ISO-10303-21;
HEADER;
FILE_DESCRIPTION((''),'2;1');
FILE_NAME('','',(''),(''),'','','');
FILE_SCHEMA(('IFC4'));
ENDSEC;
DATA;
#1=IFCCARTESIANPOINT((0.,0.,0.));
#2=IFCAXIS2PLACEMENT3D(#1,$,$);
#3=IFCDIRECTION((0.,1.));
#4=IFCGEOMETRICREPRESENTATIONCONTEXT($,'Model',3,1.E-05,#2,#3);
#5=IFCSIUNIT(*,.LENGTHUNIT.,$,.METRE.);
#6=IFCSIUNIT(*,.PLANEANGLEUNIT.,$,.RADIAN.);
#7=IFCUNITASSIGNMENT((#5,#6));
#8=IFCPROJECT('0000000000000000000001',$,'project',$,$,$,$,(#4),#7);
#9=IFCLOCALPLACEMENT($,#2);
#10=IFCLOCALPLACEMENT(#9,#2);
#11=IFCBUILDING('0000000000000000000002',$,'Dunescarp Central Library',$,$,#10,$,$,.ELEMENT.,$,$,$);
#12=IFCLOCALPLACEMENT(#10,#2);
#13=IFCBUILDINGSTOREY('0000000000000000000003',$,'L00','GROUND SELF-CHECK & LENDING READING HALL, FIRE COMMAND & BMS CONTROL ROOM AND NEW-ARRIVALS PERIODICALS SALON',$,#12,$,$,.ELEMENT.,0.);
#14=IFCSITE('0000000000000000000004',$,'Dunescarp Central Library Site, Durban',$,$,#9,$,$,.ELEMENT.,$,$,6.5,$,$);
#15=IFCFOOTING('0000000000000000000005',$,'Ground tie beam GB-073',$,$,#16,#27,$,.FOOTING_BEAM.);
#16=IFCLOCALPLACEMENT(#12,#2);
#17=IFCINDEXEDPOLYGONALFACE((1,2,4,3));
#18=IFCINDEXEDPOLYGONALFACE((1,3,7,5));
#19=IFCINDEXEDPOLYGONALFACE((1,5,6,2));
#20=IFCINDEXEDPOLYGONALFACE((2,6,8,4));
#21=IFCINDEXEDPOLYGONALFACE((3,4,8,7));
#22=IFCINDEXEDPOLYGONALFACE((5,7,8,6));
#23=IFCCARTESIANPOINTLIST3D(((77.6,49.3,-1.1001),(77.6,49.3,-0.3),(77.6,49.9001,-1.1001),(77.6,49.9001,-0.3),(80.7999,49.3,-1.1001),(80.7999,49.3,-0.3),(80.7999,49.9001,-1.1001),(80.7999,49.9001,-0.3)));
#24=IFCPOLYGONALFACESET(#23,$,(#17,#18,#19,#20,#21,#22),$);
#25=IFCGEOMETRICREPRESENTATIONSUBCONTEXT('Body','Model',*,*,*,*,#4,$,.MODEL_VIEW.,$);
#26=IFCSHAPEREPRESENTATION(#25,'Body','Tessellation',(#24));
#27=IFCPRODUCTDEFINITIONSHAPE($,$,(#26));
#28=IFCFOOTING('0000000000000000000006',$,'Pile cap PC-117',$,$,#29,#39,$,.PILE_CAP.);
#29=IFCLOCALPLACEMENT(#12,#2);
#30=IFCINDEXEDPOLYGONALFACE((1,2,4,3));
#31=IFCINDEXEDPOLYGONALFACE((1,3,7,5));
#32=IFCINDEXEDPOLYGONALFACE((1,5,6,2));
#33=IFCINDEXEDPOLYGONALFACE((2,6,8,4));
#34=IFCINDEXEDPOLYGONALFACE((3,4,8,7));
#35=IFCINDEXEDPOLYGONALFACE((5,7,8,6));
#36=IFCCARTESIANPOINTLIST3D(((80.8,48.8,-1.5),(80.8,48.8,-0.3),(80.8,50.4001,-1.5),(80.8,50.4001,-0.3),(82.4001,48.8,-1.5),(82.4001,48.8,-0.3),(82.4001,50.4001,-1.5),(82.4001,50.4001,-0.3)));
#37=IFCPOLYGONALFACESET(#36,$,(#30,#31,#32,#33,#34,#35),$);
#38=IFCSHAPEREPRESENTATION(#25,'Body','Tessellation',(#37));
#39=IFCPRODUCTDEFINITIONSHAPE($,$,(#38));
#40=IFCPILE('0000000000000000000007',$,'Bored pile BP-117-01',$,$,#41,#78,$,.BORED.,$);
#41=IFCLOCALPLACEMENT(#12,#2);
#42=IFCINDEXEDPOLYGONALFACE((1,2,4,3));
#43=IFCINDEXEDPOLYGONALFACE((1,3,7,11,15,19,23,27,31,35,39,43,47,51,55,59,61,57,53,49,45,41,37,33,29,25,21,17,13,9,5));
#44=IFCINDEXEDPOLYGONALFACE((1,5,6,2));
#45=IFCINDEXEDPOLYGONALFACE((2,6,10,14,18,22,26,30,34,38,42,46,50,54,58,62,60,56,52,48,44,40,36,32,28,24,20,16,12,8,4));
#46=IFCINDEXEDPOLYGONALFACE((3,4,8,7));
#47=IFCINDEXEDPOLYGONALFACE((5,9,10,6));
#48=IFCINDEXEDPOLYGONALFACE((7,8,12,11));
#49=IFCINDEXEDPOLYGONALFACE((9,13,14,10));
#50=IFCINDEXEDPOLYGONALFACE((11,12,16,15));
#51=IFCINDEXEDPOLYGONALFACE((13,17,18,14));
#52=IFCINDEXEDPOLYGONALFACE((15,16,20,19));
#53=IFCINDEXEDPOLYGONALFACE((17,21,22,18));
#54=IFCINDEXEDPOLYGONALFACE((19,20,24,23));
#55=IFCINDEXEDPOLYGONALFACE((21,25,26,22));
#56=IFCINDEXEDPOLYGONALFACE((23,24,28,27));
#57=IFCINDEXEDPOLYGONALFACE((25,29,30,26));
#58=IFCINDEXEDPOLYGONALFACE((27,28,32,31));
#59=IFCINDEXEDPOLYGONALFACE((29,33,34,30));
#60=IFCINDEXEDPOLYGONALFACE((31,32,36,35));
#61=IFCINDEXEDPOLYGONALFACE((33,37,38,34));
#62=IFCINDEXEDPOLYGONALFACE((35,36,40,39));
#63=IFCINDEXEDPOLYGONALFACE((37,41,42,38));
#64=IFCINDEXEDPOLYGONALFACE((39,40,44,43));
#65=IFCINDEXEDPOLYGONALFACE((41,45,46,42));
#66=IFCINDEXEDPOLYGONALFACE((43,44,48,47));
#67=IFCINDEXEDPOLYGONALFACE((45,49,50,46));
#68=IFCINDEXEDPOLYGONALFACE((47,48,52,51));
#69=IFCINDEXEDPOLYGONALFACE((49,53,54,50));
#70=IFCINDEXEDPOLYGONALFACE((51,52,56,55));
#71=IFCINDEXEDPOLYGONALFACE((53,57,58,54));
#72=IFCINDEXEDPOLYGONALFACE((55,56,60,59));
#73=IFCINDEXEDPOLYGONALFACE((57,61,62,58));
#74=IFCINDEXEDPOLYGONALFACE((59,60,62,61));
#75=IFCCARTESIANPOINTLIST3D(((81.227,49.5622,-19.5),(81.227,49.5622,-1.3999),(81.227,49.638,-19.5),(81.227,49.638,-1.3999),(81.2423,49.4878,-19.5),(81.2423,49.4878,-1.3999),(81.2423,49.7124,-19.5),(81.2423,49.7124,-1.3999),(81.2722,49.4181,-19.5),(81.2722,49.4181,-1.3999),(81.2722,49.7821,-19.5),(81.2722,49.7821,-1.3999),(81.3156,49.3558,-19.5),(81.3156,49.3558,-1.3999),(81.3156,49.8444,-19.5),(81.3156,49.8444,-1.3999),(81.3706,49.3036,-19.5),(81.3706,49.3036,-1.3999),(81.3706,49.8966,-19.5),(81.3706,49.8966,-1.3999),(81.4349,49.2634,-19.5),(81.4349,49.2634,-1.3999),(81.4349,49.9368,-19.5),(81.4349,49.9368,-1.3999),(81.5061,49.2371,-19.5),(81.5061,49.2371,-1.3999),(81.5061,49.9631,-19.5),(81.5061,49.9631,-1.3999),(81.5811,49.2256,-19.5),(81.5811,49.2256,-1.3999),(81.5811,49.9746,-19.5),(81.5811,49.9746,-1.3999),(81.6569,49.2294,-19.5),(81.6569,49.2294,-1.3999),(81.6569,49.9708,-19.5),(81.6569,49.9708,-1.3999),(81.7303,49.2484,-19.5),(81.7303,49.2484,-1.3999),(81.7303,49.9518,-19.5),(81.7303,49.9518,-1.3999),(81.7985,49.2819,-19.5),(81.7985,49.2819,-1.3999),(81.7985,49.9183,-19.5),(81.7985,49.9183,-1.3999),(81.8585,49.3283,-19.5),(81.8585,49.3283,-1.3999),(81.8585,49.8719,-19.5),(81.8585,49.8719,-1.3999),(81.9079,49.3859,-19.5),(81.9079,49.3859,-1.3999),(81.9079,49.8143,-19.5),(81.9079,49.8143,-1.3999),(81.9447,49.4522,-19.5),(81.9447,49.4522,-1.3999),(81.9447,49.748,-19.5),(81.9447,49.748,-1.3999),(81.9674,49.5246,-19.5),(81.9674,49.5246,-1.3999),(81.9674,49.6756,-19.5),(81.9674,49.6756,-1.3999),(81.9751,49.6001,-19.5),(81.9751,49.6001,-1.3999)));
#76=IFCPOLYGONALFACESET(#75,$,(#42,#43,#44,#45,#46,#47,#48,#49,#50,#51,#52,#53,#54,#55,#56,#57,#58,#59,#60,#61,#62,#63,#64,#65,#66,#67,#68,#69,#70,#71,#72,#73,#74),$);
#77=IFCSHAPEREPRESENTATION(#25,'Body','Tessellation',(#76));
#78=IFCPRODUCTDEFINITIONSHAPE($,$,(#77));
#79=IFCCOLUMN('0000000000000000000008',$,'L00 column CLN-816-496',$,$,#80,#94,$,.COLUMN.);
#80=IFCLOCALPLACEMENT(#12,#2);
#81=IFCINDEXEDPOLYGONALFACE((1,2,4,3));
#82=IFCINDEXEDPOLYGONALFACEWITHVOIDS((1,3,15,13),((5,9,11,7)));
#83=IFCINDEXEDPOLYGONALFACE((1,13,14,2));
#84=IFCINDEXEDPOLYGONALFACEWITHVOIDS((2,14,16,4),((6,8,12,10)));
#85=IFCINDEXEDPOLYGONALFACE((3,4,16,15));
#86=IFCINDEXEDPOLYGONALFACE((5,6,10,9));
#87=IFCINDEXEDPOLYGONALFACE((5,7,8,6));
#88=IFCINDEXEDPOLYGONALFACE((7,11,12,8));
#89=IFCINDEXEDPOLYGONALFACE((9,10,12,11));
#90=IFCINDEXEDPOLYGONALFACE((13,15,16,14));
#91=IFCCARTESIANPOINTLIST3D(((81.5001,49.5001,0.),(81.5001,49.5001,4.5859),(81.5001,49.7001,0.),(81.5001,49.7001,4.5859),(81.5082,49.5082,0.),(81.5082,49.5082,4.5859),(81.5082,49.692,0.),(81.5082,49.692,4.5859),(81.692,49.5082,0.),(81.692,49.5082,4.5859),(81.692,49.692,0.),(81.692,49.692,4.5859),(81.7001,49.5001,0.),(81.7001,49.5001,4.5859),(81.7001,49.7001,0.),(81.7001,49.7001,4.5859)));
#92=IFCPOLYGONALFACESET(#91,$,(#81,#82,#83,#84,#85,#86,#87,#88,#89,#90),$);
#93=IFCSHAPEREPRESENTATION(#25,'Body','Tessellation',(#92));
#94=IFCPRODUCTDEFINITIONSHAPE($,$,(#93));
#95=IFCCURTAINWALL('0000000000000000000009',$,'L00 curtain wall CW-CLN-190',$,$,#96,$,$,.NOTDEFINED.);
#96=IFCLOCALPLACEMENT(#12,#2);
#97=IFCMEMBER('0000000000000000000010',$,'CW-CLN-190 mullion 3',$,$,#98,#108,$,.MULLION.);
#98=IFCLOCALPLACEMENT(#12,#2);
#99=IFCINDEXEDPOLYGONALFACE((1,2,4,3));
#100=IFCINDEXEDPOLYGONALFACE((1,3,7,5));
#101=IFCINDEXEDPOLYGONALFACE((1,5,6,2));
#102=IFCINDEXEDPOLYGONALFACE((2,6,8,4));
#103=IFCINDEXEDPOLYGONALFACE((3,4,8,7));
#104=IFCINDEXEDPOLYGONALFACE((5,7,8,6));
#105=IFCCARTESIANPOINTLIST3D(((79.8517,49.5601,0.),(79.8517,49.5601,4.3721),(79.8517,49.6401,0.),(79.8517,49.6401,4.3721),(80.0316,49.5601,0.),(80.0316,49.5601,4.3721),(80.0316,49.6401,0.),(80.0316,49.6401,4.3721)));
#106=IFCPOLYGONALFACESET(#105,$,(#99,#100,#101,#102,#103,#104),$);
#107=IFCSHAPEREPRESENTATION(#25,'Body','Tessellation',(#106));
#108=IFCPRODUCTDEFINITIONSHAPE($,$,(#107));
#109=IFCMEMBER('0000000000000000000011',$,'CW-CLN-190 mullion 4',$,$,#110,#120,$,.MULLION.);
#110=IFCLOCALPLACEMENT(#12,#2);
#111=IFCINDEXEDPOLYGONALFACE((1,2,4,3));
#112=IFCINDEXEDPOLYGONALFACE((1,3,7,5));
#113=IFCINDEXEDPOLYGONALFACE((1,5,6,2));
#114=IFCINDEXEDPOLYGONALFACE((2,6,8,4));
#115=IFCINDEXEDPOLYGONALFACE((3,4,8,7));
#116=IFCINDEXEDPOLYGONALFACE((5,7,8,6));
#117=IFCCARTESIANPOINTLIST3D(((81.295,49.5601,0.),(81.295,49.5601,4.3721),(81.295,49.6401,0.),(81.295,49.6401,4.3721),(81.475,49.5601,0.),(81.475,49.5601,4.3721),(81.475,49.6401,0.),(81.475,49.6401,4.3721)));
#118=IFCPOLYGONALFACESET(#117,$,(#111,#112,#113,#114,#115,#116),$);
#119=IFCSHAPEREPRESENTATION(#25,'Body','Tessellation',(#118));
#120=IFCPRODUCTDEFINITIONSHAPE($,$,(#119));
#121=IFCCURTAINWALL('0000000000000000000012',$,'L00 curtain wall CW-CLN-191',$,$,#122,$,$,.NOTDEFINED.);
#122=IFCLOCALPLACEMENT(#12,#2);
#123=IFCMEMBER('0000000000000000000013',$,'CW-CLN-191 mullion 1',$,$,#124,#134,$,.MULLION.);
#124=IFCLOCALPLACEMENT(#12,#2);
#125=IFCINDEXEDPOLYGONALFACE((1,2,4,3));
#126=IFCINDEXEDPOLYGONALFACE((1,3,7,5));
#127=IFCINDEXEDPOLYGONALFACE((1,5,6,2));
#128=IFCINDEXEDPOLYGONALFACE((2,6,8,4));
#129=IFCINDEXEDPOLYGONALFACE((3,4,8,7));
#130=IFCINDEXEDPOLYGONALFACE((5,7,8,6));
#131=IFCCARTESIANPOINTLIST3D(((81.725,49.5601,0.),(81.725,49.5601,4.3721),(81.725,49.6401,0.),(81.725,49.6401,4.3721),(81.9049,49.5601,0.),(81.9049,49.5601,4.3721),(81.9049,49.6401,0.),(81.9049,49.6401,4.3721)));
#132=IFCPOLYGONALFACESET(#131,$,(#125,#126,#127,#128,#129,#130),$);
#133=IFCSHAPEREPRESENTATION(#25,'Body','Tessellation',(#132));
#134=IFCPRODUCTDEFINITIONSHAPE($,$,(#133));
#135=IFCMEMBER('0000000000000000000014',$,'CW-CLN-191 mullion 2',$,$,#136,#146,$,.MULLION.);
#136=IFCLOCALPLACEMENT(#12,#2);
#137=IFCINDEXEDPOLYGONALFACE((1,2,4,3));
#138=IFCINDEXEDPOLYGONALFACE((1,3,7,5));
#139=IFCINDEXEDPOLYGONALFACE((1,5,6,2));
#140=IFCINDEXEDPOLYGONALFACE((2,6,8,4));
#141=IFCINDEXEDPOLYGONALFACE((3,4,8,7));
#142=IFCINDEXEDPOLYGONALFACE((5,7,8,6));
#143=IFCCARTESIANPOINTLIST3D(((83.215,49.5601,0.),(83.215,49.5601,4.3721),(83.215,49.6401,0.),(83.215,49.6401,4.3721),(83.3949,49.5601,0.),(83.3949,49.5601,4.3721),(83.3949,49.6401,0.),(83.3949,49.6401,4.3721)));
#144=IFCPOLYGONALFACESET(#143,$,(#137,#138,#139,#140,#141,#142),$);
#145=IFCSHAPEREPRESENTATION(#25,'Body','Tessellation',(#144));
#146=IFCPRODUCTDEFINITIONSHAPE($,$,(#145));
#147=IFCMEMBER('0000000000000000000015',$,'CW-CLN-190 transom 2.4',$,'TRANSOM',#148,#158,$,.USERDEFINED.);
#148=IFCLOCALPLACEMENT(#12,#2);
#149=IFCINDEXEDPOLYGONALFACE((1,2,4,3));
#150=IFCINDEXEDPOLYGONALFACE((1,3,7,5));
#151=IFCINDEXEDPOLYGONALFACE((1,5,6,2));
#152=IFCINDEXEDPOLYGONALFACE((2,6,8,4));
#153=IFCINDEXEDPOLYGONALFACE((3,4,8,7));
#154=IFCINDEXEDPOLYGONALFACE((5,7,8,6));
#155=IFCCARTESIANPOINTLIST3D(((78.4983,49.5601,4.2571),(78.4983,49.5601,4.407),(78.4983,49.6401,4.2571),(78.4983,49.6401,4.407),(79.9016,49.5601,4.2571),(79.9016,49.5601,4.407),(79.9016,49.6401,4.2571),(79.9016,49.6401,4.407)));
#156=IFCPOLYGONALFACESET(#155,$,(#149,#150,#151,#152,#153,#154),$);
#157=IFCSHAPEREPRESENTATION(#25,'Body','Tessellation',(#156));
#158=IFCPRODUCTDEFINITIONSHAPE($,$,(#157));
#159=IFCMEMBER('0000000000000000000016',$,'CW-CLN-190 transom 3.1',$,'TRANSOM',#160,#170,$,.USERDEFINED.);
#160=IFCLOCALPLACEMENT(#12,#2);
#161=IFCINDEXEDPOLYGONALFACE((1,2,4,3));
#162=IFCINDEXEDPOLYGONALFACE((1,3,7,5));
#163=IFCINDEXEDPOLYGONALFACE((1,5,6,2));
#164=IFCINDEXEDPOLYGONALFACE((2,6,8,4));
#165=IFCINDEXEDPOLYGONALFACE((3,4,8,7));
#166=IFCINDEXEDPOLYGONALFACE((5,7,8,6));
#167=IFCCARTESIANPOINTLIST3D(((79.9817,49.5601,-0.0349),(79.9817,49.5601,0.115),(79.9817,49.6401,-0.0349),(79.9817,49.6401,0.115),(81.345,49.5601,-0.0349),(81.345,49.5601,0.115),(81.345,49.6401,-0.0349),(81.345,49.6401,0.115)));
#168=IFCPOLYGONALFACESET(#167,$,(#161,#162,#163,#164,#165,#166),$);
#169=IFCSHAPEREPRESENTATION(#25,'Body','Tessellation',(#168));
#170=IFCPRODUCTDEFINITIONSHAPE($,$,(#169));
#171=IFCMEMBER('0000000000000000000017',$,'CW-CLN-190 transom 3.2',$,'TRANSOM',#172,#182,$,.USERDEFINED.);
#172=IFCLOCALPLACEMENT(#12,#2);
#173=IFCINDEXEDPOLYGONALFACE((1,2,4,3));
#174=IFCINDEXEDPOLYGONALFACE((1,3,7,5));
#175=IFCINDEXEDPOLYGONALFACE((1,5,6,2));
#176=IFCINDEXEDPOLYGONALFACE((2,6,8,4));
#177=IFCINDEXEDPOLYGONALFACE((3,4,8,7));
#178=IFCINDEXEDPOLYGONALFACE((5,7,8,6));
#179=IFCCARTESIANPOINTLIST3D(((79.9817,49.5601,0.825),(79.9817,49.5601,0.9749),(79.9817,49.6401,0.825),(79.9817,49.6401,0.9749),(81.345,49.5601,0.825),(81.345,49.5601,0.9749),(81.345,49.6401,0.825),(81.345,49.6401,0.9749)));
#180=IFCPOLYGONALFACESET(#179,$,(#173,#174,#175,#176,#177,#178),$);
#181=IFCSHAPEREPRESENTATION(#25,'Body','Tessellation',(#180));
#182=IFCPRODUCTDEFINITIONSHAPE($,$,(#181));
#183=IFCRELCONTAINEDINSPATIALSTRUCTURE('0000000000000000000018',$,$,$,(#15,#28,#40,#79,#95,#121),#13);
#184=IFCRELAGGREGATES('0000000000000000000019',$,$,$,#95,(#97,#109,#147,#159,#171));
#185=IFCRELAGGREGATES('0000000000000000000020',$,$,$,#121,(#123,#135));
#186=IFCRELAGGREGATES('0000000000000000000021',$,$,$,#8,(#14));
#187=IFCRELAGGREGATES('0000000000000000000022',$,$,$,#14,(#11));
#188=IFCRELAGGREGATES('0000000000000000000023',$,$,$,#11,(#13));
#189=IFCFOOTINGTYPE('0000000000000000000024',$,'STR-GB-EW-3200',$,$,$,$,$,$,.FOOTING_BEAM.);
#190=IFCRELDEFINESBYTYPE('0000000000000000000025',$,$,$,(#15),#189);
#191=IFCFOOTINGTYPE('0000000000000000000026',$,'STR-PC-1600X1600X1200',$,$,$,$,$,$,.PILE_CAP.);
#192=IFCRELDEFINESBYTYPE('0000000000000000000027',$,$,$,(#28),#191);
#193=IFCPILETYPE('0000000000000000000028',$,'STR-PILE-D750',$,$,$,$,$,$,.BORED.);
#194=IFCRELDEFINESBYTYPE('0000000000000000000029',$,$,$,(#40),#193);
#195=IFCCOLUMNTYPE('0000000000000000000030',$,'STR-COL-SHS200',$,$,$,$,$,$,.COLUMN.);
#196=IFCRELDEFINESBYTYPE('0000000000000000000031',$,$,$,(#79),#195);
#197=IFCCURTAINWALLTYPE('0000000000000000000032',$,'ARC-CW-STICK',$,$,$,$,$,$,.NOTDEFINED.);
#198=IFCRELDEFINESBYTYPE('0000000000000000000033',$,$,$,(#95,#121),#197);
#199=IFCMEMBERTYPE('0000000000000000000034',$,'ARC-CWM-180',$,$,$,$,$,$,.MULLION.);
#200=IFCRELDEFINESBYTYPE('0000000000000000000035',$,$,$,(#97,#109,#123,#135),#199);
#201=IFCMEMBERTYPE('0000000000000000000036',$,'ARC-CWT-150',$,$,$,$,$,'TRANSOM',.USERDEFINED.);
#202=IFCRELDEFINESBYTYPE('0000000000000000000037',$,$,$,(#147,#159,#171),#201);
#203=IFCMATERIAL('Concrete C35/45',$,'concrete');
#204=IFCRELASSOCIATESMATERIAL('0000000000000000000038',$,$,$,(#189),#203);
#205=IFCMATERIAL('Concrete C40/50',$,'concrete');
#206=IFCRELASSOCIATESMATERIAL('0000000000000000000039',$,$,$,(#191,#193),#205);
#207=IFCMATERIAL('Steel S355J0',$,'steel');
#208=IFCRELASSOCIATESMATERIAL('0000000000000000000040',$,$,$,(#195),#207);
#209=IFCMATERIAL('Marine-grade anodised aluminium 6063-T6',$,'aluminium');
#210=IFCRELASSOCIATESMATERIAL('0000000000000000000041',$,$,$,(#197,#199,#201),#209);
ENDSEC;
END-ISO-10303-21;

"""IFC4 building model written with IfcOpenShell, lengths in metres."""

from ifc_helpers import new_model, si_unit, direction, frame, origin, origin_2d, place, context, subcontext, project, spatial, rectangle, hollow_rectangle, circle, extrude, material, material_profile, profile_set, type_object, element, aggregate, save


model = new_model("IFC4")

# Units and contexts
model_context = context("Model", 3, precision=1e-05, world=origin(), true_north=direction((0.0, 1.0)))
body_context = subcontext(model_context, "Body", "Model", "MODEL_VIEW")
ifc_project = project(units=[si_unit("LENGTHUNIT", "METRE"), si_unit("PLANEANGLEUNIT", "RADIAN")], contexts=[model_context])

# Site, building, storey
site_placement = place(None, origin())
site = spatial("IfcSite", under=ifc_project, at=site_placement, Name="Dunescarp Central Library Site, Durban", CompositionType="ELEMENT", RefElevation=6.5)
building_placement = place(site_placement, origin())
building = spatial("IfcBuilding", under=site, at=building_placement, Name="Dunescarp Central Library", CompositionType="ELEMENT")
storey_placement = place(building_placement, origin())
storey = spatial("IfcBuildingStorey", under=building, at=storey_placement, Name="L00", Description="GROUND SELF-CHECK & LENDING READING HALL, FIRE COMMAND & BMS CONTROL ROOM AND NEW-ARRIVALS PERIODICALS SALON", CompositionType="ELEMENT", Elevation=0.0)

# Footings
ifc_material_1 = material(Name="Concrete C35/45", Category="concrete")
footing_type_1 = type_object("IfcFootingType", Name="STR-GB-EW-3200", PredefinedType="FOOTING_BEAM", material=ifc_material_1)
footing_1_placement = place(storey_placement, frame((79.2, 49.6001, -1.1001), z_axis=(0.0, 0.0, 1.0), x_axis=(1.0, 0.0, 0.0)))
element("IfcFooting", 1, at=footing_1_placement, inside=storey, type_object=footing_type_1, Name="Ground tie beam GB-073", PredefinedType="FOOTING_BEAM", context=body_context, shape_type="SweptSolid", body=[
    extrude(rectangle(XDim=3.2, YDim=0.6001, at=origin_2d()), origin(), (0.0, 0.0, 1.0), 0.8),
])
ifc_material_2 = material(Name="Concrete C40/50", Category="concrete")
footing_type_2 = type_object("IfcFootingType", Name="STR-PC-1600X1600X1200", PredefinedType="PILE_CAP", material=ifc_material_2)
footing_2_placement = place(storey_placement, frame((81.6001, 49.6001, -1.5), z_axis=(0.0, 0.0, 1.0), x_axis=(1.0, 0.0, 0.0)))
element("IfcFooting", 2, at=footing_2_placement, inside=storey, type_object=footing_type_2, Name="Pile cap PC-117", PredefinedType="PILE_CAP", context=body_context, shape_type="SweptSolid", body=[
    extrude(rectangle(XDim=1.6001, YDim=1.6001, at=origin_2d()), origin(), (0.0, 0.0, 1.0), 1.2),
])

# Pile
ifc_material_profile_1 = material_profile(ifc_material_2, circle(Radius=0.375, at=origin_2d()), Name="PILE D750")
ifc_profile_set_1 = profile_set([ifc_material_profile_1], Name="Concrete C40/50")
pile_type = type_object("IfcPileType", Name="STR-PILE-D750", PredefinedType="BORED", material=ifc_profile_set_1)
pile_placement = place(storey_placement, frame((81.6001, 49.6001, -1.3999), z_axis=(0.0, 0.0, -1.0), x_axis=(1.0, 0.0, 0.0)))
element("IfcPile", 3, at=pile_placement, inside=storey, type_object=pile_type, Name="Bored pile BP-117-01", PredefinedType="BORED", context=body_context, shape_type="SweptSolid", body=[
    extrude(circle(Radius=0.375, at=origin_2d()), origin(), (0.0, 0.0, 1.0), 18.1001),
])

# Column
ifc_material_3 = material(Name="Steel S355J0", Category="steel")
ifc_material_profile_2 = material_profile(ifc_material_3, hollow_rectangle(XDim=0.2, YDim=0.2, WallThickness=0.0081, at=origin_2d()), Name="SHS 200x200x8")
ifc_profile_set_2 = profile_set([ifc_material_profile_2], Name="Steel S355J0")
column_type = type_object("IfcColumnType", Name="STR-COL-SHS200", PredefinedType="COLUMN", material=ifc_profile_set_2)
column_placement = place(storey_placement, frame((81.6001, 49.6001, 0.0), z_axis=(0.0, 0.0, 1.0), x_axis=(1.0, 0.0, 0.0)))
element("IfcColumn", 4, at=column_placement, inside=storey, type_object=column_type, Name="L00 column CLN-816-496", PredefinedType="COLUMN", context=body_context, shape_type="SweptSolid", body=[
    extrude(hollow_rectangle(XDim=0.2, YDim=0.2, WallThickness=0.0081, at=origin_2d()), origin(), (0.0, 0.0, 1.0), 4.5859),
])

# Curtain walls, members
ifc_material_4 = material(Name="Marine-grade anodised aluminium 6063-T6", Category="aluminium")
curtain_wall_type = type_object("IfcCurtainWallType", Name="ARC-CW-STICK", PredefinedType="NOTDEFINED", material=ifc_material_4)
curtain_wall_1_placement = place(storey_placement, origin())
curtain_wall_1 = element("IfcCurtainWall", 5, at=curtain_wall_1_placement, inside=storey, type_object=curtain_wall_type, Name="L00 curtain wall CW-CLN-190", PredefinedType="NOTDEFINED")
ifc_material_profile_3 = material_profile(ifc_material_4, rectangle(XDim=0.0801, YDim=0.1799, at=origin_2d()), Name="AL 80x180")
ifc_profile_set_3 = profile_set([ifc_material_profile_3], Name="Marine-grade anodised aluminium 6063-T6")
member_type_1 = type_object("IfcMemberType", Name="ARC-CWM-180", PredefinedType="MULLION", material=ifc_profile_set_3)
member_1_placement = place(storey_placement, frame((79.9417, 49.6001, 0.0), z_axis=(0.0, 0.0, 1.0), x_axis=(0.0, 1.0, 0.0)))
member_1 = element("IfcMember", 6, at=member_1_placement, type_object=member_type_1, Name="CW-CLN-190 mullion 3", PredefinedType="MULLION", context=body_context, shape_type="SweptSolid", body=[
    extrude(rectangle(XDim=0.0801, YDim=0.1799, at=origin_2d()), origin(), (0.0, 0.0, 1.0), 4.3721),
])
member_2_placement = place(storey_placement, frame((81.385, 49.6001, 0.0), z_axis=(0.0, 0.0, 1.0), x_axis=(0.0, 1.0, 0.0)))
member_2 = element("IfcMember", 7, at=member_2_placement, type_object=member_type_1, Name="CW-CLN-190 mullion 4", PredefinedType="MULLION", context=body_context, shape_type="SweptSolid", body=[
    extrude(rectangle(XDim=0.0801, YDim=0.1799, at=origin_2d()), origin(), (0.0, 0.0, 1.0), 4.3721),
])
curtain_wall_2_placement = place(storey_placement, origin())
curtain_wall_2 = element("IfcCurtainWall", 8, at=curtain_wall_2_placement, inside=storey, type_object=curtain_wall_type, Name="L00 curtain wall CW-CLN-191", PredefinedType="NOTDEFINED")
member_3_placement = place(storey_placement, frame((81.8149, 49.6001, 0.0), z_axis=(0.0, 0.0, 1.0), x_axis=(0.0, 1.0, 0.0)))
member_3 = element("IfcMember", 9, at=member_3_placement, type_object=member_type_1, Name="CW-CLN-191 mullion 1", PredefinedType="MULLION", context=body_context, shape_type="SweptSolid", body=[
    extrude(rectangle(XDim=0.0801, YDim=0.1799, at=origin_2d()), origin(), (0.0, 0.0, 1.0), 4.3721),
])
member_4_placement = place(storey_placement, frame((83.3049, 49.6001, 0.0), z_axis=(0.0, 0.0, 1.0), x_axis=(0.0, 1.0, 0.0)))
member_4 = element("IfcMember", 10, at=member_4_placement, type_object=member_type_1, Name="CW-CLN-191 mullion 2", PredefinedType="MULLION", context=body_context, shape_type="SweptSolid", body=[
    extrude(rectangle(XDim=0.0801, YDim=0.1799, at=origin_2d()), origin(), (0.0, 0.0, 1.0), 4.3721),
])

# Members
ifc_material_profile_4 = material_profile(ifc_material_4, rectangle(XDim=0.0801, YDim=0.1499, at=origin_2d()), Name="AL 80x150")
ifc_profile_set_4 = profile_set([ifc_material_profile_4], Name="Marine-grade anodised aluminium 6063-T6")
member_type_2 = type_object("IfcMemberType", Name="ARC-CWT-150", ElementType="TRANSOM", PredefinedType="USERDEFINED", material=ifc_profile_set_4)
member_5_placement = place(storey_placement, frame((78.4983, 49.6001, 4.332), z_axis=(1.0, 0.0, 0.0), x_axis=(0.0, 1.0, 0.0)))
member_5 = element("IfcMember", 11, at=member_5_placement, type_object=member_type_2, Name="CW-CLN-190 transom 2.4", ObjectType="TRANSOM", PredefinedType="USERDEFINED", context=body_context, shape_type="SweptSolid", body=[
    extrude(rectangle(XDim=0.0801, YDim=0.1499, at=origin_2d()), origin(), (0.0, 0.0, 1.0), 1.4033),
])
member_6_placement = place(storey_placement, frame((79.9817, 49.6001, 0.04), z_axis=(1.0, 0.0, 0.0), x_axis=(0.0, 1.0, 0.0)))
member_6 = element("IfcMember", 12, at=member_6_placement, type_object=member_type_2, Name="CW-CLN-190 transom 3.1", ObjectType="TRANSOM", PredefinedType="USERDEFINED", context=body_context, shape_type="SweptSolid", body=[
    extrude(rectangle(XDim=0.0801, YDim=0.1499, at=origin_2d()), origin(), (0.0, 0.0, 1.0), 1.3633),
])
member_7_placement = place(storey_placement, frame((79.9817, 49.6001, 0.8999), z_axis=(1.0, 0.0, 0.0), x_axis=(0.0, 1.0, 0.0)))
member_7 = element("IfcMember", 13, at=member_7_placement, type_object=member_type_2, Name="CW-CLN-190 transom 3.2", ObjectType="TRANSOM", PredefinedType="USERDEFINED", context=body_context, shape_type="SweptSolid", body=[
    extrude(rectangle(XDim=0.0801, YDim=0.1499, at=origin_2d()), origin(), (0.0, 0.0, 1.0), 1.3633),
])

aggregate(curtain_wall_1, [member_1, member_2, member_5, member_6, member_7])
aggregate(curtain_wall_2, [member_3, member_4])

save(model, "model.ifc")
